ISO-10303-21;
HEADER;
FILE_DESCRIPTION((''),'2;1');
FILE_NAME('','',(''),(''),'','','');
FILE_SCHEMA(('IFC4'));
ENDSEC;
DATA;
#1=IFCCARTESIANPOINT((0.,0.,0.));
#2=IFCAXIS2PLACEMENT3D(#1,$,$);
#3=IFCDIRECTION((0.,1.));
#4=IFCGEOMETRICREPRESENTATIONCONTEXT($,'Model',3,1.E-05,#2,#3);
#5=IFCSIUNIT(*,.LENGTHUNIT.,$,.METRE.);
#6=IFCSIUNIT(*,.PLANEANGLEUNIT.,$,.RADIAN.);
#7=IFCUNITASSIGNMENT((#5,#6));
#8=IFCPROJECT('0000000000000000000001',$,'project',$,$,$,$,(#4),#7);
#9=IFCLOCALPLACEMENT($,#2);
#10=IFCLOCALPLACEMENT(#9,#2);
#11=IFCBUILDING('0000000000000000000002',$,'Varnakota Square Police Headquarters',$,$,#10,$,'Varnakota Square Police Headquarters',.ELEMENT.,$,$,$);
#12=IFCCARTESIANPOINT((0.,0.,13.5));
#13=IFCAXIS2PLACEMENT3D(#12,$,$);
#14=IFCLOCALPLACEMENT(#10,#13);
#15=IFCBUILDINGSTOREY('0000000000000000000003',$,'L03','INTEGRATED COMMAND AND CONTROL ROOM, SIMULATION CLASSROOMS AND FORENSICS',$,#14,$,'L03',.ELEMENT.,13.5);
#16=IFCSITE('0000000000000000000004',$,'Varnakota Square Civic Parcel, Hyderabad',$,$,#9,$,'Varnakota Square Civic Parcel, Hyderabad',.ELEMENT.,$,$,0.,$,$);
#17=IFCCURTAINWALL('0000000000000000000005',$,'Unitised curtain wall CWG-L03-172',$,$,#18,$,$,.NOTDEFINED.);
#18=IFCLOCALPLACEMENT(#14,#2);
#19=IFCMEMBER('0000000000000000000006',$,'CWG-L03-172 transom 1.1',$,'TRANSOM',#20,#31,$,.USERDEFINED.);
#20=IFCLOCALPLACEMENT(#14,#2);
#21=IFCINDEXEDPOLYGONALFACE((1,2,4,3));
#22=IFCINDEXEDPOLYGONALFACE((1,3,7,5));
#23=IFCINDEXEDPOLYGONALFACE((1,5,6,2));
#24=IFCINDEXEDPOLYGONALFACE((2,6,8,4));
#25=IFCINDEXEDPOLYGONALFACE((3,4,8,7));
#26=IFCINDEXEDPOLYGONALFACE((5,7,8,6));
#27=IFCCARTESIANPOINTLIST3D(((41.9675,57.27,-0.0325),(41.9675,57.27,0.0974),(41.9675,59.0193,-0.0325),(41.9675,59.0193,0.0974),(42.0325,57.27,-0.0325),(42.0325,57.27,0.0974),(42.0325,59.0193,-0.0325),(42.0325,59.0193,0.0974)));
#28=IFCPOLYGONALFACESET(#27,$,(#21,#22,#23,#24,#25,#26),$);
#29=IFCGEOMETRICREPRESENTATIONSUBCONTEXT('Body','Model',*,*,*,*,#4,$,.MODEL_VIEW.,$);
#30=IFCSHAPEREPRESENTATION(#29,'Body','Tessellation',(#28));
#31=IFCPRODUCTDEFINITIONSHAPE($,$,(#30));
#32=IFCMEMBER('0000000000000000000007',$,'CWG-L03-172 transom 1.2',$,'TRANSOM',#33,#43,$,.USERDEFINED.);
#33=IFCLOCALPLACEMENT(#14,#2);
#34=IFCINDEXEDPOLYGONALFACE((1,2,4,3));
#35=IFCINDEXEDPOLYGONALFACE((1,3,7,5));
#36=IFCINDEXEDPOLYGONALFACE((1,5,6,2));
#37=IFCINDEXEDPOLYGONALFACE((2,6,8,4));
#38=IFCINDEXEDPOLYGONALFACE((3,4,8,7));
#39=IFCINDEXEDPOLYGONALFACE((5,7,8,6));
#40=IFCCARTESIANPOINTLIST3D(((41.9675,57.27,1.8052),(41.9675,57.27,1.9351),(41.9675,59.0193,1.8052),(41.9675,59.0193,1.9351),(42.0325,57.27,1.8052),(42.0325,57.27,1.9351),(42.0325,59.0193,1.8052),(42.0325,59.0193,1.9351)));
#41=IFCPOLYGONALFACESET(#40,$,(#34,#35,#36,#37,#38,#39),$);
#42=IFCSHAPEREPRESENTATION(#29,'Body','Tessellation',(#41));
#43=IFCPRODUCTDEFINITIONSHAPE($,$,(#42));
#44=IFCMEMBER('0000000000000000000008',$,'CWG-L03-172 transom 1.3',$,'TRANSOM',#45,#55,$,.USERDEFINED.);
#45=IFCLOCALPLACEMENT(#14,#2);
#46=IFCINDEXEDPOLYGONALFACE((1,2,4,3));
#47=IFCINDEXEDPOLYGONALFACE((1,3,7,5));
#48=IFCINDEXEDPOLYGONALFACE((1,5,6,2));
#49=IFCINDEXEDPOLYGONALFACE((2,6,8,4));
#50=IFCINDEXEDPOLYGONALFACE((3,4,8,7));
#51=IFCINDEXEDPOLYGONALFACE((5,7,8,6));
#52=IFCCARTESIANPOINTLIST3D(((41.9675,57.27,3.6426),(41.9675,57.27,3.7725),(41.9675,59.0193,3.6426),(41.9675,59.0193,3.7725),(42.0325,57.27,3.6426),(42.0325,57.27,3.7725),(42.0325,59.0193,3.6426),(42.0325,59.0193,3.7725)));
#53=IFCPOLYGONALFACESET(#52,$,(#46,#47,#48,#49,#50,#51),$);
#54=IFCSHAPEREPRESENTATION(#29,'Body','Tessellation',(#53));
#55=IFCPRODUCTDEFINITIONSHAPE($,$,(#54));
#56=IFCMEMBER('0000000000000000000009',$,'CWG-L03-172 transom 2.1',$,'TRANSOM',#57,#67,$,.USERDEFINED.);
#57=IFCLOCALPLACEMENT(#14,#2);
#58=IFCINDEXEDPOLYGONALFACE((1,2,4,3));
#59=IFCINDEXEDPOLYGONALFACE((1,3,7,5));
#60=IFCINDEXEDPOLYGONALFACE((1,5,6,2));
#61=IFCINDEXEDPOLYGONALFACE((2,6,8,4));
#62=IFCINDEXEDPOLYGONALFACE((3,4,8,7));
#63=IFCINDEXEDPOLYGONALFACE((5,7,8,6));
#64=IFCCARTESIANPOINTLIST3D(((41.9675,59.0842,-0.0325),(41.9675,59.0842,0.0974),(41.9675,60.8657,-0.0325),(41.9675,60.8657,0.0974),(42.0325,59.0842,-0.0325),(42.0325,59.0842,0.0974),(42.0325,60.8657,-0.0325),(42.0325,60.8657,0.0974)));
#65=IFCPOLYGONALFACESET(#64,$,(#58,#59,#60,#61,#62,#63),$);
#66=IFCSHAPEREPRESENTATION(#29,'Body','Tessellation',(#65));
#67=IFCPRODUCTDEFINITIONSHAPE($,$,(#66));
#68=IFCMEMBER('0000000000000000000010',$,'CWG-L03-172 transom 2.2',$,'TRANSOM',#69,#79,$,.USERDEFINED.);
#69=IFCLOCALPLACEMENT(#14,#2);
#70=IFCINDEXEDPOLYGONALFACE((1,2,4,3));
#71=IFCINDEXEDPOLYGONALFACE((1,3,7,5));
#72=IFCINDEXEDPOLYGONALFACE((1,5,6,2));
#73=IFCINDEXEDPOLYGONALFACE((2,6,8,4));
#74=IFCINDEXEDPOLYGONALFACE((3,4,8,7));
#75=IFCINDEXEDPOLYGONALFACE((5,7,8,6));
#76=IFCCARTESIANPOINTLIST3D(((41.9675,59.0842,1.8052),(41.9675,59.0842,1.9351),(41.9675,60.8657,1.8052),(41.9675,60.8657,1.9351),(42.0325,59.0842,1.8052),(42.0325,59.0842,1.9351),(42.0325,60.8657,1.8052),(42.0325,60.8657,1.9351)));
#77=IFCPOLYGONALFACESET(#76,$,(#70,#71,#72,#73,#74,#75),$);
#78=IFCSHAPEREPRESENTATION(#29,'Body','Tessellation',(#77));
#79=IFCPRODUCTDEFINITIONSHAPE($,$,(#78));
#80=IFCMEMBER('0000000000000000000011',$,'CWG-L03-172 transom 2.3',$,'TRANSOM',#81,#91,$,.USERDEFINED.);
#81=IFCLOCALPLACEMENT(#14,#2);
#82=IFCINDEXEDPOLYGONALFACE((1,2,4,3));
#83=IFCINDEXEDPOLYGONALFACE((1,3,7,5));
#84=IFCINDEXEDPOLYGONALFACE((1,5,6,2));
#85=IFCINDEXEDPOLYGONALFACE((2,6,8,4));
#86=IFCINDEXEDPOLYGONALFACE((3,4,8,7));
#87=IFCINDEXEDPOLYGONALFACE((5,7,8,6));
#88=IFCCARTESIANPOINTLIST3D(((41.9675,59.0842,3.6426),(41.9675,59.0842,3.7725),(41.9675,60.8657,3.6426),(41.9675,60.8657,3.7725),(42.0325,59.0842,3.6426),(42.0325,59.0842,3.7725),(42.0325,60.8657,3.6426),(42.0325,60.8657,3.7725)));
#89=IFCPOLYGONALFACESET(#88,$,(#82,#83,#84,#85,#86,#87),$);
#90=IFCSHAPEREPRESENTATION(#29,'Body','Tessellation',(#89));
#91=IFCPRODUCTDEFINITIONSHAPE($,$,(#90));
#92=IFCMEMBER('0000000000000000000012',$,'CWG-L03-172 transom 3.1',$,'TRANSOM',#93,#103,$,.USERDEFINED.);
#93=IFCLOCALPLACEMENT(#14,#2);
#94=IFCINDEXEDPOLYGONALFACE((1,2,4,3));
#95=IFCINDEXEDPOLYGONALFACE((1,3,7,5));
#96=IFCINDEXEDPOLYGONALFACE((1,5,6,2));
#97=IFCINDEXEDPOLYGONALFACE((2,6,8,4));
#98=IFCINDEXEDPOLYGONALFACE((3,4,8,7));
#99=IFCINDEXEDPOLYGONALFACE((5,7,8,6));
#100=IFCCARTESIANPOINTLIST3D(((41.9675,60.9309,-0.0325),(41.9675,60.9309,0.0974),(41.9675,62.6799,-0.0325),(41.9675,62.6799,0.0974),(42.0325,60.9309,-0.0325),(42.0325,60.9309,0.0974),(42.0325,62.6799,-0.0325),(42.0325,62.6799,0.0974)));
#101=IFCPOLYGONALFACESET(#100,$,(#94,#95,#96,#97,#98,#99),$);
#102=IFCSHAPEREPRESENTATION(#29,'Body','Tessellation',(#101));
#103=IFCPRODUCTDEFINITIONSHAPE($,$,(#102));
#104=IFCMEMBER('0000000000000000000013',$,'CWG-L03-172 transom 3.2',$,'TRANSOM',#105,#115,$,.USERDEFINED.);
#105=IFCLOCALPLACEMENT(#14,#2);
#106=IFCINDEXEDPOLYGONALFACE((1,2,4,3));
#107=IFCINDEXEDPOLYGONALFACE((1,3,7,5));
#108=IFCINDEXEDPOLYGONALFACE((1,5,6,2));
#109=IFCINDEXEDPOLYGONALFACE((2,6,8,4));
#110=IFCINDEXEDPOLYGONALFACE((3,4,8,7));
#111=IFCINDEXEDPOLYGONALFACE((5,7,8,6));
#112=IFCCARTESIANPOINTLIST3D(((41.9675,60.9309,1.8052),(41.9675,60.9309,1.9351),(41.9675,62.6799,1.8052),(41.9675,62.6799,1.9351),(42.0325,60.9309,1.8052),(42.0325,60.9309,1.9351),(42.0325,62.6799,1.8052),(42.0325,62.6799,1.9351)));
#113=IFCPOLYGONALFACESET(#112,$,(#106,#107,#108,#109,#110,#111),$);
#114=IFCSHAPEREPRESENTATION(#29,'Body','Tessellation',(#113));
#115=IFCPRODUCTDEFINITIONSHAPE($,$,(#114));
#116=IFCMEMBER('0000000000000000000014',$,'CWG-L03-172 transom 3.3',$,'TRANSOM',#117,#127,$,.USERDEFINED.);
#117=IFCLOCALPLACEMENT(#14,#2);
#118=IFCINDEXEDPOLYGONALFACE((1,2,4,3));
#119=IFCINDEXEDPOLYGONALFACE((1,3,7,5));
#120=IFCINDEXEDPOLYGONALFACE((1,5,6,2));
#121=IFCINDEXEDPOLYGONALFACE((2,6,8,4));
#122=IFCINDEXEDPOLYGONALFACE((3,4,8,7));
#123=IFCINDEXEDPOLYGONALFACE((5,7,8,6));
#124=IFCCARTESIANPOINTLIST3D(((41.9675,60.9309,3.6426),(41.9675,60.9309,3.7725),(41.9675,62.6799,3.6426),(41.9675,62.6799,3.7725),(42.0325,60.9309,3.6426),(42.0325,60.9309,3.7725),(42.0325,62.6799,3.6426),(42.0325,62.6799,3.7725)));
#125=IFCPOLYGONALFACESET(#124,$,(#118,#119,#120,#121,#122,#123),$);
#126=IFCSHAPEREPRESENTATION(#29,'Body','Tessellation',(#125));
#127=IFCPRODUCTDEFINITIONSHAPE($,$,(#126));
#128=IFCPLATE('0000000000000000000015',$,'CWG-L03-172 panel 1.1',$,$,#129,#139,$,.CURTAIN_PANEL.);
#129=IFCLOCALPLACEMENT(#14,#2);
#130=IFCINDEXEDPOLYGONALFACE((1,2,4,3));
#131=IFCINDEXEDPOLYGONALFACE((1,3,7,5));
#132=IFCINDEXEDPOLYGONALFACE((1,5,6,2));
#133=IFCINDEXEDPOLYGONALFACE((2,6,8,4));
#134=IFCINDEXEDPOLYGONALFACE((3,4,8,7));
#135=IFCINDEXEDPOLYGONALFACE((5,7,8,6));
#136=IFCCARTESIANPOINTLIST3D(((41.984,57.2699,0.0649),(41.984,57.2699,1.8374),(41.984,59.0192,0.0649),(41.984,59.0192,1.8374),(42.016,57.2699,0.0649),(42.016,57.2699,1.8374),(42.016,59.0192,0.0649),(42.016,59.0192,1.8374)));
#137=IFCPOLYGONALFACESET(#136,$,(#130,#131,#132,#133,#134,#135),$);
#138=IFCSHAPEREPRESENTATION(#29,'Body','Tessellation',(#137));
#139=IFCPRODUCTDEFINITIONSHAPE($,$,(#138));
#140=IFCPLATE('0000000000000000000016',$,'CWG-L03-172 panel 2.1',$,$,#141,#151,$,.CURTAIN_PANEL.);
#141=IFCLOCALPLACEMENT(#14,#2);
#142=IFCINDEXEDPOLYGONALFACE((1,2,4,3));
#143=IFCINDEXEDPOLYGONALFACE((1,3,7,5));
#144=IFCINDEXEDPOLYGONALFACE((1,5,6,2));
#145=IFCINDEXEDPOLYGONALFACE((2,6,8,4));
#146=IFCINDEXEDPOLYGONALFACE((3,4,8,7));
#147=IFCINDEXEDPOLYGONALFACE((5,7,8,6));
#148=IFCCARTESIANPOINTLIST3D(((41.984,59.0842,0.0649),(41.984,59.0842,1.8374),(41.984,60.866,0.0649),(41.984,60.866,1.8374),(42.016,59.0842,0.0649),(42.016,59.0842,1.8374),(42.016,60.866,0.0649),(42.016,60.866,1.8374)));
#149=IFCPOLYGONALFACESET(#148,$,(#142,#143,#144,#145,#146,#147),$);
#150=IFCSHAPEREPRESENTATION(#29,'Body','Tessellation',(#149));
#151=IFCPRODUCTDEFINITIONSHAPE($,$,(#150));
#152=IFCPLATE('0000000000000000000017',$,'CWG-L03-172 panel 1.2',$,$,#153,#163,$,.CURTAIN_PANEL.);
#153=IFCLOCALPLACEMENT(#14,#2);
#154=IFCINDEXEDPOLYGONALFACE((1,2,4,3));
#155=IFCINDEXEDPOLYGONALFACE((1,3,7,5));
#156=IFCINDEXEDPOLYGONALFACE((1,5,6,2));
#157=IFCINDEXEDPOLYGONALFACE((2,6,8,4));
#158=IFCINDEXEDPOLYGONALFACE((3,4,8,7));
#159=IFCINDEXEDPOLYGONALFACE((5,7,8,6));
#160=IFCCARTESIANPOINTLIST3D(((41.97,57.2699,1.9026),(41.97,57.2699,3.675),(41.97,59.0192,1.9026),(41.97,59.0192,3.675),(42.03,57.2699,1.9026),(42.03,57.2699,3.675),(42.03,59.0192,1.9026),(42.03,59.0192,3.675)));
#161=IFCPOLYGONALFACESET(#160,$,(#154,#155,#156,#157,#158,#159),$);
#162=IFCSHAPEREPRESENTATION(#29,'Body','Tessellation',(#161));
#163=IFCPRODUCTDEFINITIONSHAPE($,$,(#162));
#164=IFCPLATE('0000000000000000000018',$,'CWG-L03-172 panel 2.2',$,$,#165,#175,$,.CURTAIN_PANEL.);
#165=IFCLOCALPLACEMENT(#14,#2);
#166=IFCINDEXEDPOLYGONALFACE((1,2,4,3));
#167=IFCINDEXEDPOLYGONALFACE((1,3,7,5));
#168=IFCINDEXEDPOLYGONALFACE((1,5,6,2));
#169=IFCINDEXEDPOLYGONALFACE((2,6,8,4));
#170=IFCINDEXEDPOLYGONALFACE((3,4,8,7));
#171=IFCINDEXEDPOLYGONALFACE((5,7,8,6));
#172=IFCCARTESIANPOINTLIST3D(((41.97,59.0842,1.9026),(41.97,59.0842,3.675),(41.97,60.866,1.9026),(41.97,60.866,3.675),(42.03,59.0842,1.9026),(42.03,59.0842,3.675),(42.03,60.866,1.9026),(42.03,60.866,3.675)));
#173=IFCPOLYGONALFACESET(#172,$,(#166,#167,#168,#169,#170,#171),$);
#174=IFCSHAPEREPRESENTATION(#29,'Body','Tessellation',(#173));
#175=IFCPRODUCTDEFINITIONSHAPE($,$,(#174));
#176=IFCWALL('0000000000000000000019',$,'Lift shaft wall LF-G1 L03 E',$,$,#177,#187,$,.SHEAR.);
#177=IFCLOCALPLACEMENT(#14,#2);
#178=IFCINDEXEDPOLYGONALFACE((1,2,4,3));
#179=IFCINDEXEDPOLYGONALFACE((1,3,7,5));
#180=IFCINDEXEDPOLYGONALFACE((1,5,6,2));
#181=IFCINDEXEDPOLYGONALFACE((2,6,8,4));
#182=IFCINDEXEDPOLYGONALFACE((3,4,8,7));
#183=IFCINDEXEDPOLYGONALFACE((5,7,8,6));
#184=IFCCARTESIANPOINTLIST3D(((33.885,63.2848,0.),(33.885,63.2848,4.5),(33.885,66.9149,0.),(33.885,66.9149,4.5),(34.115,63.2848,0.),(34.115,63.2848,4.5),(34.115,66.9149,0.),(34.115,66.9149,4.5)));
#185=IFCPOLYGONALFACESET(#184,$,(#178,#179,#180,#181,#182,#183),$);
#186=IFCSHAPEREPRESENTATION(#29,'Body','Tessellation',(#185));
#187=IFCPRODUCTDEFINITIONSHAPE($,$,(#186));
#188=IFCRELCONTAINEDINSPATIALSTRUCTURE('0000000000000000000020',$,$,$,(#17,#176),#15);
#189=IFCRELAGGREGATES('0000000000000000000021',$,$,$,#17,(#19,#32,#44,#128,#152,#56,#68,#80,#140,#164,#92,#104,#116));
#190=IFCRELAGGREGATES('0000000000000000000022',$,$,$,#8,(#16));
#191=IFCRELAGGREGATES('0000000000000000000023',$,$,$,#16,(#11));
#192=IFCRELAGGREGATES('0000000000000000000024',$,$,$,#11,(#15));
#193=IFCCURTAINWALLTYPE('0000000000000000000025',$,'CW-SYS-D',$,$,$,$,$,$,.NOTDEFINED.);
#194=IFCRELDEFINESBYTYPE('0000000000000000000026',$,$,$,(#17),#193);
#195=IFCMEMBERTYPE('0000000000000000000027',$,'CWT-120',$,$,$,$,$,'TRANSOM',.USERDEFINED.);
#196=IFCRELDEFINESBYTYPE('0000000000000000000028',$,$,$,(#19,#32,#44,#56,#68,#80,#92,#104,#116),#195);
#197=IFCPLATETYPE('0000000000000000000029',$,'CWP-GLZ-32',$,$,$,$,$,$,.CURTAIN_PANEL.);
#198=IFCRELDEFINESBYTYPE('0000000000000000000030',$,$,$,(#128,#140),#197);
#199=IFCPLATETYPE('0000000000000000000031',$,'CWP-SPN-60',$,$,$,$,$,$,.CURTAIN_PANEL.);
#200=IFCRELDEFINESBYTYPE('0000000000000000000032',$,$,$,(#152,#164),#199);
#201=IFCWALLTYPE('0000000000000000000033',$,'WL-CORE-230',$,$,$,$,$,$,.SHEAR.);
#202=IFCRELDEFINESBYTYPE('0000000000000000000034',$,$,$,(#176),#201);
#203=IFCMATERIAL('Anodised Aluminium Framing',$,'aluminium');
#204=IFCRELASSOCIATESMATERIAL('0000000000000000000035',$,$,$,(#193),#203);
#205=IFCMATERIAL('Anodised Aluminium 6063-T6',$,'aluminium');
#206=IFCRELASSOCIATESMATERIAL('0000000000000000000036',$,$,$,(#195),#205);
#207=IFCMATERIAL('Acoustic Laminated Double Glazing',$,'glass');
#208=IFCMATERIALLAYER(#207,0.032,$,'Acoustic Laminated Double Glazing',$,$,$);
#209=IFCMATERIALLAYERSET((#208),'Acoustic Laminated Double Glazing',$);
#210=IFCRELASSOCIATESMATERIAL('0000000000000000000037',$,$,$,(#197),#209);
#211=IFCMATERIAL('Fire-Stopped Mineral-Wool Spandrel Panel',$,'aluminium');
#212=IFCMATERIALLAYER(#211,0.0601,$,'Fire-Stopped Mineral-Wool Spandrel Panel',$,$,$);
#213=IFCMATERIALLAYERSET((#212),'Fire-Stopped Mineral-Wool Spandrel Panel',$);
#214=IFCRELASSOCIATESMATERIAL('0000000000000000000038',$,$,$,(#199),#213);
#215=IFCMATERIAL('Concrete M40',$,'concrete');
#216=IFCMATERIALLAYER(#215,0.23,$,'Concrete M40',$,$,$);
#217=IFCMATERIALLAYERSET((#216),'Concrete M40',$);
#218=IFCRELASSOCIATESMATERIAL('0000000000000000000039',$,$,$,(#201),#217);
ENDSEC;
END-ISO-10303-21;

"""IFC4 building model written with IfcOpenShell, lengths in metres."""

from ifc_helpers import new_model, si_unit, direction, frame, frame_2d, origin, origin_2d, place, context, subcontext, project, spatial, rectangle, extrude, material, layer, layer_set, material_profile, profile_set, type_object, element, aggregate, save


model = new_model("IFC4")

# Units and contexts
model_context = context("Model", 3, precision=1e-05, world=origin(), true_north=direction((0.0, 1.0)))
body_context = subcontext(model_context, "Body", "Model", "MODEL_VIEW")
ifc_project = project(units=[si_unit("LENGTHUNIT", "METRE"), si_unit("PLANEANGLEUNIT", "RADIAN")], contexts=[model_context])

# Site, building, storey
site_placement = place(None, origin())
site = spatial("IfcSite", under=ifc_project, at=site_placement, Name="Varnakota Square Civic Parcel, Hyderabad", LongName="Varnakota Square Civic Parcel, Hyderabad", CompositionType="ELEMENT", RefElevation=0.0)
building_placement = place(site_placement, origin())
building = spatial("IfcBuilding", under=site, at=building_placement, Name="Varnakota Square Police Headquarters", LongName="Varnakota Square Police Headquarters", CompositionType="ELEMENT")
storey_placement = place(building_placement, frame((0.0, 0.0, 13.5)))
storey = spatial("IfcBuildingStorey", under=building, at=storey_placement, Name="L03", Description="INTEGRATED COMMAND AND CONTROL ROOM, SIMULATION CLASSROOMS AND FORENSICS", LongName="L03", CompositionType="ELEMENT", Elevation=13.5)

# Curtain wall, members, plates
ifc_material_1 = material(Name="Anodised Aluminium Framing", Category="aluminium")
curtain_wall_type = type_object("IfcCurtainWallType", Name="CW-SYS-D", PredefinedType="NOTDEFINED", material=ifc_material_1)
curtain_wall_placement = place(storey_placement, origin())
curtain_wall = element("IfcCurtainWall", 1, at=curtain_wall_placement, inside=storey, type_object=curtain_wall_type, Name="Unitised curtain wall CWG-L03-172", PredefinedType="NOTDEFINED")
ifc_material_2 = material(Name="Anodised Aluminium 6063-T6", Category="aluminium")
ifc_material_profile_1 = material_profile(ifc_material_2, rectangle(XDim=0.0649, YDim=0.1299, at=origin_2d()), Name="ALU TRANSOM 65x130")
ifc_profile_set_1 = profile_set([ifc_material_profile_1], Name="Anodised Aluminium 6063-T6")
member_type_1 = type_object("IfcMemberType", Name="CWT-120", ElementType="TRANSOM", PredefinedType="USERDEFINED", material=ifc_profile_set_1)
member_1_placement = place(storey_placement, frame((42.0, 57.27, 0.0325), z_axis=(0.0, 1.0, 0.0), x_axis=(-1.0, 0.0, 0.0)))
member_1 = element("IfcMember", 2, at=member_1_placement, type_object=member_type_1, Name="CWG-L03-172 transom 1.1", ObjectType="TRANSOM", PredefinedType="USERDEFINED", context=body_context, shape_type="SweptSolid", body=[
    extrude(rectangle(XDim=0.0649, YDim=0.1299, at=origin_2d()), origin(), (0.0, 0.0, 1.0), 1.7493),
])
member_2_placement = place(storey_placement, frame((42.0, 57.27, 1.8701), z_axis=(0.0, 1.0, 0.0), x_axis=(-1.0, 0.0, 0.0)))
member_2 = element("IfcMember", 3, at=member_2_placement, type_object=member_type_1, Name="CWG-L03-172 transom 1.2", ObjectType="TRANSOM", PredefinedType="USERDEFINED", context=body_context, shape_type="SweptSolid", body=[
    extrude(rectangle(XDim=0.0649, YDim=0.1299, at=origin_2d()), origin(), (0.0, 0.0, 1.0), 1.7493),
])
member_3_placement = place(storey_placement, frame((42.0, 57.27, 3.7075), z_axis=(0.0, 1.0, 0.0), x_axis=(-1.0, 0.0, 0.0)))
member_3 = element("IfcMember", 4, at=member_3_placement, type_object=member_type_1, Name="CWG-L03-172 transom 1.3", ObjectType="TRANSOM", PredefinedType="USERDEFINED", context=body_context, shape_type="SweptSolid", body=[
    extrude(rectangle(XDim=0.0649, YDim=0.1299, at=origin_2d()), origin(), (0.0, 0.0, 1.0), 1.7493),
])
member_4_placement = place(storey_placement, frame((42.0, 59.0842, 0.0325), z_axis=(0.0, 1.0, 0.0), x_axis=(-1.0, 0.0, 0.0)))
member_4 = element("IfcMember", 5, at=member_4_placement, type_object=member_type_1, Name="CWG-L03-172 transom 2.1", ObjectType="TRANSOM", PredefinedType="USERDEFINED", context=body_context, shape_type="SweptSolid", body=[
    extrude(rectangle(XDim=0.0649, YDim=0.1299, at=origin_2d()), origin(), (0.0, 0.0, 1.0), 1.7815),
])
member_5_placement = place(storey_placement, frame((42.0, 59.0842, 1.8701), z_axis=(0.0, 1.0, 0.0), x_axis=(-1.0, 0.0, 0.0)))
member_5 = element("IfcMember", 6, at=member_5_placement, type_object=member_type_1, Name="CWG-L03-172 transom 2.2", ObjectType="TRANSOM", PredefinedType="USERDEFINED", context=body_context, shape_type="SweptSolid", body=[
    extrude(rectangle(XDim=0.0649, YDim=0.1299, at=origin_2d()), origin(), (0.0, 0.0, 1.0), 1.7815),
])
member_6_placement = place(storey_placement, frame((42.0, 59.0842, 3.7075), z_axis=(0.0, 1.0, 0.0), x_axis=(-1.0, 0.0, 0.0)))
member_6 = element("IfcMember", 7, at=member_6_placement, type_object=member_type_1, Name="CWG-L03-172 transom 2.3", ObjectType="TRANSOM", PredefinedType="USERDEFINED", context=body_context, shape_type="SweptSolid", body=[
    extrude(rectangle(XDim=0.0649, YDim=0.1299, at=origin_2d()), origin(), (0.0, 0.0, 1.0), 1.7815),
])
member_7_placement = place(storey_placement, frame((42.0, 60.9309, 0.0325), z_axis=(0.0, 1.0, 0.0), x_axis=(-1.0, 0.0, 0.0)))
member_7 = element("IfcMember", 8, at=member_7_placement, type_object=member_type_1, Name="CWG-L03-172 transom 3.1", ObjectType="TRANSOM", PredefinedType="USERDEFINED", context=body_context, shape_type="SweptSolid", body=[
    extrude(rectangle(XDim=0.0649, YDim=0.1299, at=origin_2d()), origin(), (0.0, 0.0, 1.0), 1.749),
])
member_8_placement = place(storey_placement, frame((42.0, 60.9309, 1.8701), z_axis=(0.0, 1.0, 0.0), x_axis=(-1.0, 0.0, 0.0)))
member_8 = element("IfcMember", 9, at=member_8_placement, type_object=member_type_1, Name="CWG-L03-172 transom 3.2", ObjectType="TRANSOM", PredefinedType="USERDEFINED", context=body_context, shape_type="SweptSolid", body=[
    extrude(rectangle(XDim=0.0649, YDim=0.1299, at=origin_2d()), origin(), (0.0, 0.0, 1.0), 1.749),
])
member_9_placement = place(storey_placement, frame((42.0, 60.9309, 3.7075), z_axis=(0.0, 1.0, 0.0), x_axis=(-1.0, 0.0, 0.0)))
member_9 = element("IfcMember", 10, at=member_9_placement, type_object=member_type_1, Name="CWG-L03-172 transom 3.3", ObjectType="TRANSOM", PredefinedType="USERDEFINED", context=body_context, shape_type="SweptSolid", body=[
    extrude(rectangle(XDim=0.0649, YDim=0.1299, at=origin_2d()), origin(), (0.0, 0.0, 1.0), 1.749),
])
ifc_material_3 = material(Name="Acoustic Laminated Double Glazing", Category="glass")
ifc_layer_1 = layer(ifc_material_3, 0.032, Name="Acoustic Laminated Double Glazing")
ifc_layer_set_1 = layer_set([ifc_layer_1], Name="Acoustic Laminated Double Glazing")
plate_type_1 = type_object("IfcPlateType", Name="CWP-GLZ-32", PredefinedType="CURTAIN_PANEL", material=ifc_layer_set_1)
plate_1_placement = place(storey_placement, frame((42.0, 58.1445, 0.0649), z_axis=(0.0, 0.0, 1.0), x_axis=(0.0, 1.0, 0.0)))
plate_1 = element("IfcPlate", 11, at=plate_1_placement, type_object=plate_type_1, Name="CWG-L03-172 panel 1.1", PredefinedType="CURTAIN_PANEL", context=body_context, shape_type="SweptSolid", body=[
    extrude(rectangle(XDim=1.7493, YDim=0.032, at=origin_2d()), origin(), (0.0, 0.0, 1.0), 1.7725),
])
plate_2_placement = place(storey_placement, frame((42.0, 59.9751, 0.0649), z_axis=(0.0, 0.0, 1.0), x_axis=(0.0, 1.0, 0.0)))
plate_2 = element("IfcPlate", 12, at=plate_2_placement, type_object=plate_type_1, Name="CWG-L03-172 panel 2.1", PredefinedType="CURTAIN_PANEL", context=body_context, shape_type="SweptSolid", body=[
    extrude(rectangle(XDim=1.7817, YDim=0.032, at=origin_2d()), origin(), (0.0, 0.0, 1.0), 1.7725),
])
ifc_material_4 = material(Name="Fire-Stopped Mineral-Wool Spandrel Panel", Category="aluminium")
ifc_layer_2 = layer(ifc_material_4, 0.0601, Name="Fire-Stopped Mineral-Wool Spandrel Panel")
ifc_layer_set_2 = layer_set([ifc_layer_2], Name="Fire-Stopped Mineral-Wool Spandrel Panel")
plate_type_2 = type_object("IfcPlateType", Name="CWP-SPN-60", PredefinedType="CURTAIN_PANEL", material=ifc_layer_set_2)
plate_3_placement = place(storey_placement, frame((42.0, 58.1445, 1.9026), z_axis=(0.0, 0.0, 1.0), x_axis=(0.0, 1.0, 0.0)))
plate_3 = element("IfcPlate", 13, at=plate_3_placement, type_object=plate_type_2, Name="CWG-L03-172 panel 1.2", PredefinedType="CURTAIN_PANEL", context=body_context, shape_type="SweptSolid", body=[
    extrude(rectangle(XDim=1.7493, YDim=0.0601, at=origin_2d()), origin(), (0.0, 0.0, 1.0), 1.7725),
])
plate_4_placement = place(storey_placement, frame((42.0, 59.9751, 1.9026), z_axis=(0.0, 0.0, 1.0), x_axis=(0.0, 1.0, 0.0)))
plate_4 = element("IfcPlate", 14, at=plate_4_placement, type_object=plate_type_2, Name="CWG-L03-172 panel 2.2", PredefinedType="CURTAIN_PANEL", context=body_context, shape_type="SweptSolid", body=[
    extrude(rectangle(XDim=1.7817, YDim=0.0601, at=origin_2d()), origin(), (0.0, 0.0, 1.0), 1.7725),
])
aggregate(curtain_wall, [member_1, member_2, member_3, plate_1, plate_3, member_4, member_5, member_6, plate_2, plate_4, member_7, member_8, member_9])

# Wall
ifc_material_5 = material(Name="Concrete M40", Category="concrete")
ifc_layer_3 = layer(ifc_material_5, 0.23, Name="Concrete M40")
ifc_layer_set_3 = layer_set([ifc_layer_3], Name="Concrete M40")
wall_type = type_object("IfcWallType", Name="WL-CORE-230", PredefinedType="SHEAR", material=ifc_layer_set_3)
wall_1_placement = place(storey_placement, frame((34.0, 63.2849, 0.0), z_axis=(0.0, 0.0, 1.0), x_axis=(0.0, 1.0, 0.0)))
element("IfcWall", 15, at=wall_1_placement, inside=storey, type_object=wall_type, Name="Lift shaft wall LF-G1 L03 E", PredefinedType="SHEAR", context=body_context, shape_type="SweptSolid", body=[
    extrude(rectangle(XDim=3.6301, YDim=0.23, at=frame_2d((1.8149, 0.0))), origin(), (0.0, 0.0, 1.0), 4.5),
])

save(model, "model.ifc")
